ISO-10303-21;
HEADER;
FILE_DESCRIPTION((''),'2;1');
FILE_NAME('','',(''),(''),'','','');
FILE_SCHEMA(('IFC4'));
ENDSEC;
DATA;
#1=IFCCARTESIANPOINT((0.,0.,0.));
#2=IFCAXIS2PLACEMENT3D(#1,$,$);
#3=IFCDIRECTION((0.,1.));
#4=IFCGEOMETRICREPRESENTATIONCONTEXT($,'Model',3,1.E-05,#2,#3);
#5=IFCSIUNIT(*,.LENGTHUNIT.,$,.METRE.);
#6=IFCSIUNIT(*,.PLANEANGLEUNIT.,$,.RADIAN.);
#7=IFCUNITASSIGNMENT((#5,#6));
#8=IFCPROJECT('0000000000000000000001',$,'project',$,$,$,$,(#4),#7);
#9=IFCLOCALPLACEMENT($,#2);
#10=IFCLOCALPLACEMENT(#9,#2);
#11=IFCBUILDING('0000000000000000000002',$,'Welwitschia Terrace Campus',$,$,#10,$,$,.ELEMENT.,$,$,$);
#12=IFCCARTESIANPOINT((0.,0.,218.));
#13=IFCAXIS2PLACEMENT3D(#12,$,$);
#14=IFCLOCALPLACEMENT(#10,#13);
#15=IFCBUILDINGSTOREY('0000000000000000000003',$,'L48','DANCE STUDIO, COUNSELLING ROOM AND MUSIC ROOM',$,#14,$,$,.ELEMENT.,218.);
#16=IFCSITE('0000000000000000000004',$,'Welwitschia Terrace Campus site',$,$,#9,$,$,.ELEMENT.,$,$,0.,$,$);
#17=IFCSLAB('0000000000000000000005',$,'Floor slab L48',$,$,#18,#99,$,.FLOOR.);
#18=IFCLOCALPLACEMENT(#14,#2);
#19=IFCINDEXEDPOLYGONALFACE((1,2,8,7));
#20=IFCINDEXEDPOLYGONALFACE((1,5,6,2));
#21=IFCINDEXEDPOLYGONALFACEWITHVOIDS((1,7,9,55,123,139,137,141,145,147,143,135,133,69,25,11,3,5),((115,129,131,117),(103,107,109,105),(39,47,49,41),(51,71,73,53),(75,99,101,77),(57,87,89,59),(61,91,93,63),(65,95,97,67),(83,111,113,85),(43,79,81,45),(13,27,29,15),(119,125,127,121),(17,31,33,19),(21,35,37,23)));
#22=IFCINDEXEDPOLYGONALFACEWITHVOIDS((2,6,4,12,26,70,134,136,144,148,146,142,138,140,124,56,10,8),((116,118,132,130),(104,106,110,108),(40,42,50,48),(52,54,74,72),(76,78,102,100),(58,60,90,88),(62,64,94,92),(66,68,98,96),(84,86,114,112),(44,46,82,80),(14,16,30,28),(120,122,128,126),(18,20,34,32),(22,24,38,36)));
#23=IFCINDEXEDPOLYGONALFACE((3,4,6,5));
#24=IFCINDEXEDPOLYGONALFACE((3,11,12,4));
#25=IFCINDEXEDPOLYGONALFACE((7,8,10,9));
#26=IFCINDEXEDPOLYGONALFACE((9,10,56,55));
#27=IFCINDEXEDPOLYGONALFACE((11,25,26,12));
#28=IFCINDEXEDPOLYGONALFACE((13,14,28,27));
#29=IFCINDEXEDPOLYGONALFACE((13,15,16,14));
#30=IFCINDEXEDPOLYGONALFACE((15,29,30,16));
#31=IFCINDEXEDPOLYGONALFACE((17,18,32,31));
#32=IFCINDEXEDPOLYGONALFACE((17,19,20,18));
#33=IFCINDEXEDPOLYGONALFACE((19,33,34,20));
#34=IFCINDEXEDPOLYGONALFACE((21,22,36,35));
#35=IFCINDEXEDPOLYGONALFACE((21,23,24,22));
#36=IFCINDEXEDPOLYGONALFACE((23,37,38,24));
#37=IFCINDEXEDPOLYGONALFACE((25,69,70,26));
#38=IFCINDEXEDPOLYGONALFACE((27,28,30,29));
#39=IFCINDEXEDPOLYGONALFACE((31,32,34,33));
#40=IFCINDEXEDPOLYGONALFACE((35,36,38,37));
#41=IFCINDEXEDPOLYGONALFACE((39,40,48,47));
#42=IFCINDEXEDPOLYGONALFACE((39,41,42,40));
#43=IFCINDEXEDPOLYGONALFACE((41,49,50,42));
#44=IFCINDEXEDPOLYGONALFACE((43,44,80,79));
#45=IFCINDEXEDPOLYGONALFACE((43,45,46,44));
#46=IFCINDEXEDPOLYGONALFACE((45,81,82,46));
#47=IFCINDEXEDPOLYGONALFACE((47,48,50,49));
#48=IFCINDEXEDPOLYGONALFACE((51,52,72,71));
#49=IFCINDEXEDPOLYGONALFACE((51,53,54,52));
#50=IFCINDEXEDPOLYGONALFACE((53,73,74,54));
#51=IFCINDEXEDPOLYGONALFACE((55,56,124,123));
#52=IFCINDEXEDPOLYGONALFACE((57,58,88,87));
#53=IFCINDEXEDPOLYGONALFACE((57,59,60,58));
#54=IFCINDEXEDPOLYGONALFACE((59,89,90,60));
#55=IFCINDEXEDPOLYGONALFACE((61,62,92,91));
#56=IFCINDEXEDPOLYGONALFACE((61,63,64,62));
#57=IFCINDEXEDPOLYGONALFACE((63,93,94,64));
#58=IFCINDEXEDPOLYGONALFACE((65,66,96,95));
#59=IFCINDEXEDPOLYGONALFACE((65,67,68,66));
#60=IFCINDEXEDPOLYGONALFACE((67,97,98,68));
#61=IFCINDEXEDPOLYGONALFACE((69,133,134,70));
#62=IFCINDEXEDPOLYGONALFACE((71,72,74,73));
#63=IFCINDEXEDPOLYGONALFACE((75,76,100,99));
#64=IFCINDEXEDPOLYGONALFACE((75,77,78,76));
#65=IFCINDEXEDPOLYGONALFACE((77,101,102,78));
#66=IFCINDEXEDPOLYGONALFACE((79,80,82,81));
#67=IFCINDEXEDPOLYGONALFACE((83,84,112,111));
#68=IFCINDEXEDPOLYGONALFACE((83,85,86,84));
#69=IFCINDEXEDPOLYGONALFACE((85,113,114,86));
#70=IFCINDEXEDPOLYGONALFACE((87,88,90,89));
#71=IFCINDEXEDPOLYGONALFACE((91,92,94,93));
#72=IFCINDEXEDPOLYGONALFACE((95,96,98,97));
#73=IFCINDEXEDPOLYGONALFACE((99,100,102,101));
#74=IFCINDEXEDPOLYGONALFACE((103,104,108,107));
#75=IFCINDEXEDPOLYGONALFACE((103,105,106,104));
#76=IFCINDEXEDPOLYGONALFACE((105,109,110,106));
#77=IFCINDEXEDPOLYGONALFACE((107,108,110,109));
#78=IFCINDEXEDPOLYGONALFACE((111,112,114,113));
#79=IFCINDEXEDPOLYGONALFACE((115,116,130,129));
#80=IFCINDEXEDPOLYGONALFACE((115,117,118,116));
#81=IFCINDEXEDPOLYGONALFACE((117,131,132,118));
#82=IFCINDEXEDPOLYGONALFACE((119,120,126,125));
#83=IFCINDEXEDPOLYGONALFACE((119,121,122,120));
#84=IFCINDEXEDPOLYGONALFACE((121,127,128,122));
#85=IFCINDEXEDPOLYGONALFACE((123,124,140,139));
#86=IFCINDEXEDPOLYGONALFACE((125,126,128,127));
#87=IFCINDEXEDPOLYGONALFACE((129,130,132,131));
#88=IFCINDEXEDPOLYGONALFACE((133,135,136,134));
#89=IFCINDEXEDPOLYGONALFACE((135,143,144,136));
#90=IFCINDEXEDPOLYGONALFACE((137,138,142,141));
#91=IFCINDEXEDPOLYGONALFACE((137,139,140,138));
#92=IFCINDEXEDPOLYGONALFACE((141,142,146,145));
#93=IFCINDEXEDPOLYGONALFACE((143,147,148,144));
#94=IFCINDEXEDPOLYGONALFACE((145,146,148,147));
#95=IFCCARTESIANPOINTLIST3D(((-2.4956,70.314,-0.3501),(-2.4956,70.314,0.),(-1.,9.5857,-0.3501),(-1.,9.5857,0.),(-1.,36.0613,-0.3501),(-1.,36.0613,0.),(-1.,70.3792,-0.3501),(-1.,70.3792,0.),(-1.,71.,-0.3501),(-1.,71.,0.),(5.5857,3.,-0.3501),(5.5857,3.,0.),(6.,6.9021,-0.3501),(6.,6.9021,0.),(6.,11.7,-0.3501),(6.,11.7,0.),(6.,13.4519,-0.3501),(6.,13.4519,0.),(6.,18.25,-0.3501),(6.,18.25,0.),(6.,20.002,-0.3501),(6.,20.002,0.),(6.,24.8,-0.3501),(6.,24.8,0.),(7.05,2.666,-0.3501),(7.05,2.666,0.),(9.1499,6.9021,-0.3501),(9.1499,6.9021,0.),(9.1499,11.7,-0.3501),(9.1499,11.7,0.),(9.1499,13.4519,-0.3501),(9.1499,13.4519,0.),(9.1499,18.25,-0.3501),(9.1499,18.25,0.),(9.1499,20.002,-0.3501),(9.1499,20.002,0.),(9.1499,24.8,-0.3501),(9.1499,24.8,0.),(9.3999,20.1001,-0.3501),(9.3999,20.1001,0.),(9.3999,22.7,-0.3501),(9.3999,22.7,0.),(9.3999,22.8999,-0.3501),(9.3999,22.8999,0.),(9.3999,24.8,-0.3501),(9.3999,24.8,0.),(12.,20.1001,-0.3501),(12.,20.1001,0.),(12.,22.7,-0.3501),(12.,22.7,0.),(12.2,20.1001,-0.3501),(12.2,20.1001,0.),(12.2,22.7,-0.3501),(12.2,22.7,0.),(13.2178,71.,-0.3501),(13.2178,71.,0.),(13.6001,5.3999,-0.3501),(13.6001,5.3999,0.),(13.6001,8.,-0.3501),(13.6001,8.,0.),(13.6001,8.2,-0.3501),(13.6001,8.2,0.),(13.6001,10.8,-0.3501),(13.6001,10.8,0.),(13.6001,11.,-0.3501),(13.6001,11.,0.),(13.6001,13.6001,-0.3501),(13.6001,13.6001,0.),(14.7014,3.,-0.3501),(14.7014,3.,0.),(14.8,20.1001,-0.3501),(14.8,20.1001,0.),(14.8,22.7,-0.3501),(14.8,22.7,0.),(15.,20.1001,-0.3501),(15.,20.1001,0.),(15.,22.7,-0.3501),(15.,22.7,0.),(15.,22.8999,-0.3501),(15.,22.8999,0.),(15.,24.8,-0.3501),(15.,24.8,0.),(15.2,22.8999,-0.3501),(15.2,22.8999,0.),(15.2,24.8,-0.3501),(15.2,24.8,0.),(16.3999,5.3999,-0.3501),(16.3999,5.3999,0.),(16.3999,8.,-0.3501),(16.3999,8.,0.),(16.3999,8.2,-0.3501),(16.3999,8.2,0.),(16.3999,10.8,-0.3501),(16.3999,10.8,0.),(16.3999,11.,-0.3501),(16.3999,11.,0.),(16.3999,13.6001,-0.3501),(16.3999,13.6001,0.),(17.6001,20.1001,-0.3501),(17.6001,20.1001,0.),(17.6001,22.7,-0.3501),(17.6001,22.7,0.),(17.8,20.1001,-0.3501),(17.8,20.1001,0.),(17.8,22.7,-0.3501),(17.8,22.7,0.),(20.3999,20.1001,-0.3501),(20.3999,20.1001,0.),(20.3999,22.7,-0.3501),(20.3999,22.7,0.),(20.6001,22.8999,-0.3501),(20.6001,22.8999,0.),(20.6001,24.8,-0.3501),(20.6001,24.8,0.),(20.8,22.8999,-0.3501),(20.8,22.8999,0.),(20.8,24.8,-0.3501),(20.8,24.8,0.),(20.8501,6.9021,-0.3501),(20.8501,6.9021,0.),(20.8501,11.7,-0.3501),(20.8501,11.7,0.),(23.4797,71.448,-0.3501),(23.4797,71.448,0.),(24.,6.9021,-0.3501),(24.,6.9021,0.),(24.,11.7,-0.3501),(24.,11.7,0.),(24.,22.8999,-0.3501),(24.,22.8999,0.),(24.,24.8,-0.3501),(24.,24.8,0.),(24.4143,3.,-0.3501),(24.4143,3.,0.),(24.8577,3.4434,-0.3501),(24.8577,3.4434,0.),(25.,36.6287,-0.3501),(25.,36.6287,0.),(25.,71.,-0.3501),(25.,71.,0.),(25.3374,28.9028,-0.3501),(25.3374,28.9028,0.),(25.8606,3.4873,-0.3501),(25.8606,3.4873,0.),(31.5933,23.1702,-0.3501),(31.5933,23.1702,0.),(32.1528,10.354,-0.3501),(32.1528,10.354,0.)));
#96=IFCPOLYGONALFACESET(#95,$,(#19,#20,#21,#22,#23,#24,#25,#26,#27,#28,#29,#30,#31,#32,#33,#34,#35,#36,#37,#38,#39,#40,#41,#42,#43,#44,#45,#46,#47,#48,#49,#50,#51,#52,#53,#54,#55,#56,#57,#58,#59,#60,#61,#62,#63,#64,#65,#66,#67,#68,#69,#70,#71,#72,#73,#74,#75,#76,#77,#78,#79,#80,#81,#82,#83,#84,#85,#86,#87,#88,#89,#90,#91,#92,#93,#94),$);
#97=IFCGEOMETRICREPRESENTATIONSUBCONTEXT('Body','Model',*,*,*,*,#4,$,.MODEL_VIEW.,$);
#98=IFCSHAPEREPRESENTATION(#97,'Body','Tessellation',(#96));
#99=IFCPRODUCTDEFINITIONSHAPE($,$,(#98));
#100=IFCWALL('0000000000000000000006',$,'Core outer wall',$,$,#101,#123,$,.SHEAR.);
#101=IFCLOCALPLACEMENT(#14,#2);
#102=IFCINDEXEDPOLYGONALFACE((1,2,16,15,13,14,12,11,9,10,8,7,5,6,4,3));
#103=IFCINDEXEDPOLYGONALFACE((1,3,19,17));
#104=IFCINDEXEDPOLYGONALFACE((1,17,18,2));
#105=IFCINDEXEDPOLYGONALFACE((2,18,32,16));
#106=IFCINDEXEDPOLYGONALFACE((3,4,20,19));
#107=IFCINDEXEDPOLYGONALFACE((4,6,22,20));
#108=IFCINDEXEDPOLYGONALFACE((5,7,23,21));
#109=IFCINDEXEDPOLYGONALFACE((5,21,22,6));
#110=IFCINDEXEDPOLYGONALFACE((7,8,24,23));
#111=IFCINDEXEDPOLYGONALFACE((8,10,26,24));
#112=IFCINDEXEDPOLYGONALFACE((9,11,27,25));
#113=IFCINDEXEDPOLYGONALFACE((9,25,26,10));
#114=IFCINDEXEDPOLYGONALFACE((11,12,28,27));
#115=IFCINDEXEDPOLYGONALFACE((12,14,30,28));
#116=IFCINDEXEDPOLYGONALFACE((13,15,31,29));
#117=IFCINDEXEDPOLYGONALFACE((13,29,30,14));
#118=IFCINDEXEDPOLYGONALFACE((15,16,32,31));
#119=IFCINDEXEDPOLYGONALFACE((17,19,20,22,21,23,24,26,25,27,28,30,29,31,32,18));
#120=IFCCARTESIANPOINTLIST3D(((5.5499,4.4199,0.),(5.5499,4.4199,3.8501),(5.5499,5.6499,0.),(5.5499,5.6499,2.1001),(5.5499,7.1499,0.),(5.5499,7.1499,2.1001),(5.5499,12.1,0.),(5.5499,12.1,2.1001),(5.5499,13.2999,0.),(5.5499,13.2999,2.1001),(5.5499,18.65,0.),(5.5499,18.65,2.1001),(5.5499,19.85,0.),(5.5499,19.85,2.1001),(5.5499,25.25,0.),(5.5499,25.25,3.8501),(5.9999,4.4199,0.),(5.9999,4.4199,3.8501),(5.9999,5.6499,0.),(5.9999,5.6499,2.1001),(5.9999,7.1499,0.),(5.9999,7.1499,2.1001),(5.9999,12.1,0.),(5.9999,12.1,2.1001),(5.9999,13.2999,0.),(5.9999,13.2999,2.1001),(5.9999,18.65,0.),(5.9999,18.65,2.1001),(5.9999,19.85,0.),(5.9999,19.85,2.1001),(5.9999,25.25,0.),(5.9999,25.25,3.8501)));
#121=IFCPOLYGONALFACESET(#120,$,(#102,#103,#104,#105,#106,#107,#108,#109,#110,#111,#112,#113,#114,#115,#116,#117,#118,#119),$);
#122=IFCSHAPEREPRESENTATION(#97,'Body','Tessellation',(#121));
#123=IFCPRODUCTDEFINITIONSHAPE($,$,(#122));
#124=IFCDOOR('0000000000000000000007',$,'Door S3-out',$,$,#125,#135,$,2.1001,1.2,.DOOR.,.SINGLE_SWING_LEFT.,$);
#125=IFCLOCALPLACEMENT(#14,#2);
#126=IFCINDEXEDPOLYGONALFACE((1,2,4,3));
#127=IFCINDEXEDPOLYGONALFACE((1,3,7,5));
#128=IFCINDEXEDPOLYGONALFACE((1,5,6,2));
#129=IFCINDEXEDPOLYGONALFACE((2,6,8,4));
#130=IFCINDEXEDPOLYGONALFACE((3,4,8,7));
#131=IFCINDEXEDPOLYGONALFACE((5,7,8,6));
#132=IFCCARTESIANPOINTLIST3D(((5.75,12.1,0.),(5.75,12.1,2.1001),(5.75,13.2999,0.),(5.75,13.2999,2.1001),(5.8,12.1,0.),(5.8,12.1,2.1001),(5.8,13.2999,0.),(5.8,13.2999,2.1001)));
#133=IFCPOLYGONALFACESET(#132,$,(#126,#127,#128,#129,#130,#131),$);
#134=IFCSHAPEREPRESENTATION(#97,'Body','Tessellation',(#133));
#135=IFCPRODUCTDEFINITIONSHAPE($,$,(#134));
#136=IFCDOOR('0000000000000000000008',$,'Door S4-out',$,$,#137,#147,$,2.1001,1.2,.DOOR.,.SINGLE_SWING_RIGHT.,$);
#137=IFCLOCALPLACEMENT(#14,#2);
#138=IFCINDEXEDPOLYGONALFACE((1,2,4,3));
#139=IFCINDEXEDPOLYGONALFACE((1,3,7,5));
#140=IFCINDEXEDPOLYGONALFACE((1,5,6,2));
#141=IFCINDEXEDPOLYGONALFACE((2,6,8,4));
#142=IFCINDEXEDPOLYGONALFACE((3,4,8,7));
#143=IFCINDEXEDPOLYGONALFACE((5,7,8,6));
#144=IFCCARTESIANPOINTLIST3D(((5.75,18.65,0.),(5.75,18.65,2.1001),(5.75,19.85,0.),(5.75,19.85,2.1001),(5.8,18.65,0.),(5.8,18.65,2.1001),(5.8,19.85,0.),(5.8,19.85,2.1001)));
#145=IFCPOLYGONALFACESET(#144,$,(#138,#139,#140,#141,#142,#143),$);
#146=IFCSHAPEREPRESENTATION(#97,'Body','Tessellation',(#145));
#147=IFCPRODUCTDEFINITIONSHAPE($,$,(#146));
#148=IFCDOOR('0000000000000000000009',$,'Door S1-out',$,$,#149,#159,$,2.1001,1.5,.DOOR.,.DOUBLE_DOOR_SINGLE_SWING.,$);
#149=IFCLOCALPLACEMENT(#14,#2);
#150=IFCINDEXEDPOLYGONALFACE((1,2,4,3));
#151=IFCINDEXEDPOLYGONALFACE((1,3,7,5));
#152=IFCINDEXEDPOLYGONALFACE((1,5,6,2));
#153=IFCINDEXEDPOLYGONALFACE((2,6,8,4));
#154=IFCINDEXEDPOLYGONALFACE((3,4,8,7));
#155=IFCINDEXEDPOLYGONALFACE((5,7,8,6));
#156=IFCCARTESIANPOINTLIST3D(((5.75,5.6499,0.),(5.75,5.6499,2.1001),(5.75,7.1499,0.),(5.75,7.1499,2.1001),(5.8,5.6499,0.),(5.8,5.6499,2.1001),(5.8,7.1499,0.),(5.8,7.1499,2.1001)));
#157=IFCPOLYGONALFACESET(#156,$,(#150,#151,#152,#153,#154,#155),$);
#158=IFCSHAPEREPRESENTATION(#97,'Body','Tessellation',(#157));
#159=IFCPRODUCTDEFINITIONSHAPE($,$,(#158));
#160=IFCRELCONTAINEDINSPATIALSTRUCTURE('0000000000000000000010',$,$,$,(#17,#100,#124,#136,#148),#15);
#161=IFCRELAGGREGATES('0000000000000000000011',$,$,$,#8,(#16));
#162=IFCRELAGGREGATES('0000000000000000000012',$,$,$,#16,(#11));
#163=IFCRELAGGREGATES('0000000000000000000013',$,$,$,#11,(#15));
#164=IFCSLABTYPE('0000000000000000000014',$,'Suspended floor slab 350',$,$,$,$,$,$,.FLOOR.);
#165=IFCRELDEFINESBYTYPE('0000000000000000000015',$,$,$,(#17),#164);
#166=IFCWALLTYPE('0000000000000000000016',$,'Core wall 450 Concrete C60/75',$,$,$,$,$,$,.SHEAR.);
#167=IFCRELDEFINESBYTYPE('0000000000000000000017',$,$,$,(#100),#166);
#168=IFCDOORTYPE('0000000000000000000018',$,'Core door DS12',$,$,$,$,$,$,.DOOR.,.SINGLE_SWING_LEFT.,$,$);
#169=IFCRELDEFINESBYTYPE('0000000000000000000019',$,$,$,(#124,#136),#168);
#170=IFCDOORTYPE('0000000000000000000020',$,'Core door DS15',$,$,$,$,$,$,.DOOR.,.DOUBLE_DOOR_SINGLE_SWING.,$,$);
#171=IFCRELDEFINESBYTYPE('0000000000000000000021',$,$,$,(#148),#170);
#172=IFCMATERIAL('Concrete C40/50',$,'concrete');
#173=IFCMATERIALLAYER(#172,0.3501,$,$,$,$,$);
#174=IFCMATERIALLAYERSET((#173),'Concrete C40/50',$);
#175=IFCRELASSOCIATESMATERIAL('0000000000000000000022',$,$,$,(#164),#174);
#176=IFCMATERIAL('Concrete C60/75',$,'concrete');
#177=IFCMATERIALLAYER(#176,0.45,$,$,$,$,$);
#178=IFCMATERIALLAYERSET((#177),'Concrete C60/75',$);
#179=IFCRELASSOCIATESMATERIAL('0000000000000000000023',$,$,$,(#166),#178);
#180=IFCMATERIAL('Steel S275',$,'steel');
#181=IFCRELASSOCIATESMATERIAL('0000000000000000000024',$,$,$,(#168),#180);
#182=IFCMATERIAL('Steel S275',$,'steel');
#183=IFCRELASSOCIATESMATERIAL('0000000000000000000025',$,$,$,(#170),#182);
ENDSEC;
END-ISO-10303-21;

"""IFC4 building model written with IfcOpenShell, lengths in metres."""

from ifc_helpers import new_model, si_unit, direction, frame, frame_2d, origin, place, context, subcontext, project, spatial, polyline, rectangle, outline, extrude, material, layer, layer_set, type_object, element, fill, save


model = new_model("IFC4")

# Units and contexts
model_context = context("Model", 3, precision=1e-05, world=origin(), true_north=direction((0.0, 1.0)))
body_context = subcontext(model_context, "Body", "Model", "MODEL_VIEW")
ifc_project = project(units=[si_unit("LENGTHUNIT", "METRE"), si_unit("PLANEANGLEUNIT", "RADIAN")], contexts=[model_context])

# Site, building, storey
site_placement = place(None, origin())
site = spatial("IfcSite", under=ifc_project, at=site_placement, Name="Welwitschia Terrace Campus site", CompositionType="ELEMENT", RefElevation=0.0)
building_placement = place(site_placement, origin())
building = spatial("IfcBuilding", under=site, at=building_placement, Name="Welwitschia Terrace Campus", CompositionType="ELEMENT")
storey_placement = place(building_placement, frame((0.0, 0.0, 218.0)))
storey = spatial("IfcBuildingStorey", under=building, at=storey_placement, Name="L48", Description="DANCE STUDIO, COUNSELLING ROOM AND MUSIC ROOM", CompositionType="ELEMENT", Elevation=218.0)

# Slab
ifc_material_1 = material(Name="Concrete C40/50", Category="concrete")
ifc_layer_1 = layer(ifc_material_1, 0.3501)
ifc_layer_set_1 = layer_set([ifc_layer_1], Name="Concrete C40/50")
slab_type_1 = type_object("IfcSlabType", Name="Suspended floor slab 350", PredefinedType="FLOOR", material=ifc_layer_set_1)
slab_1_placement = place(storey_placement, frame((0.0, 0.0, -0.3501)))
element("IfcSlab", 1, at=slab_1_placement, inside=storey, type_object=slab_type_1, Name="Floor slab L48", PredefinedType="FLOOR", context=body_context, shape_type="SweptSolid", body=[
    extrude(outline(polyline([(-2.4956, 70.314), (-1.0, 70.3792), (-1.0, 71.0), (13.2178, 71.0), (23.4797, 71.448), (25.0, 71.0), (25.0, 36.6287), (25.3374, 28.9028), (31.5933, 23.1702), (32.1528, 10.354), (25.8606, 3.4873), (24.8577, 3.4434), (24.4143, 3.0), (14.7014, 3.0), (7.05, 2.666), (5.5857, 3.0), (-1.0, 9.5857), (-1.0, 36.0613), (-2.4956, 70.314)]), holes=[polyline([(13.6001, 8.0), (13.6001, 5.3999), (16.3999, 5.3999), (16.3999, 8.0), (13.6001, 8.0)]), polyline([(9.1499, 11.7), (6.0, 11.7), (6.0, 6.9021), (9.1499, 6.9021), (9.1499, 11.7)]), polyline([(9.1499, 18.25), (6.0, 18.25), (6.0, 13.4519), (9.1499, 13.4519), (9.1499, 18.25)]), polyline([(12.0, 22.7), (9.3999, 22.7), (9.3999, 20.1001), (12.0, 20.1001), (12.0, 22.7)]), polyline([(14.8, 22.7), (12.2, 22.7), (12.2, 20.1001), (14.8, 20.1001), (14.8, 22.7)]), polyline([(9.1499, 24.8), (6.0, 24.8), (6.0, 20.002), (9.1499, 20.002), (9.1499, 24.8)]), polyline([(15.0, 24.8), (9.3999, 24.8), (9.3999, 22.8999), (15.0, 22.8999), (15.0, 24.8)]), polyline([(20.8501, 11.7), (20.8501, 6.9021), (24.0, 6.9021), (24.0, 11.7), (20.8501, 11.7)]), polyline([(16.3999, 10.8), (13.6001, 10.8), (13.6001, 8.2), (16.3999, 8.2), (16.3999, 10.8)]), polyline([(16.3999, 13.6001), (13.6001, 13.6001), (13.6001, 11.0), (16.3999, 11.0), (16.3999, 13.6001)]), polyline([(17.6001, 22.7), (15.0, 22.7), (15.0, 20.1001), (17.6001, 20.1001), (17.6001, 22.7)]), polyline([(20.3999, 22.7), (17.8, 22.7), (17.8, 20.1001), (20.3999, 20.1001), (20.3999, 22.7)]), polyline([(20.6001, 24.8), (15.2, 24.8), (15.2, 22.8999), (20.6001, 22.8999), (20.6001, 24.8)]), polyline([(24.0, 24.8), (20.8, 24.8), (20.8, 22.8999), (24.0, 22.8999), (24.0, 24.8)])]), origin(), (0.0, 0.0, 1.0), 0.3501),
])

# Wall, openings, doors
ifc_material_2 = material(Name="Concrete C60/75", Category="concrete")
ifc_layer_2 = layer(ifc_material_2, 0.45)
ifc_layer_set_2 = layer_set([ifc_layer_2], Name="Concrete C60/75")
wall_type_1 = type_object("IfcWallType", Name="Core wall 450 Concrete C60/75", PredefinedType="SHEAR", material=ifc_layer_set_2)
wall_1_placement = place(storey_placement, frame((5.7749, 4.4199, 0.0), z_axis=(0.0, 0.0, 1.0), x_axis=(0.0, 1.0, 0.0)))
wall_1 = element("IfcWall", 2, at=wall_1_placement, inside=storey, type_object=wall_type_1, Name="Core outer wall", PredefinedType="SHEAR", context=body_context, shape_type="SweptSolid", body=[
    extrude(rectangle(XDim=20.8301, YDim=0.45, at=frame_2d((10.415, 0.0))), origin(), (0.0, 0.0, 1.0), 3.8501),
])
opening_1_placement = place(wall_1_placement, frame((1.23, 0.0, 0.0)))
opening_1 = element("IfcOpeningElement", 3, at=opening_1_placement, cuts=wall_1, PredefinedType="OPENING", context=body_context, shape_type="SweptSolid", body=[
    extrude(rectangle(XDim=1.5, YDim=2.1001, at=frame_2d((0.75, 1.05))), frame((0.0, 0.2349, 0.0), z_axis=(0.0, -1.0, 0.0), x_axis=(1.0, 0.0, 0.0)), (0.0, 0.0, 1.0), 0.47),
])
opening_2_placement = place(wall_1_placement, frame((7.6799, 0.0, 0.0)))
opening_2 = element("IfcOpeningElement", 4, at=opening_2_placement, cuts=wall_1, PredefinedType="OPENING", context=body_context, shape_type="SweptSolid", body=[
    extrude(rectangle(XDim=1.2, YDim=2.1001, at=frame_2d((0.6001, 1.05))), frame((0.0, 0.2349, 0.0), z_axis=(0.0, -1.0, 0.0), x_axis=(1.0, 0.0, 0.0)), (0.0, 0.0, 1.0), 0.47),
])
opening_3_placement = place(wall_1_placement, frame((14.23, 0.0, 0.0)))
opening_3 = element("IfcOpeningElement", 5, at=opening_3_placement, cuts=wall_1, PredefinedType="OPENING", context=body_context, shape_type="SweptSolid", body=[
    extrude(rectangle(XDim=1.2, YDim=2.1001, at=frame_2d((0.6001, 1.05))), frame((0.0, 0.2349, 0.0), z_axis=(0.0, -1.0, 0.0), x_axis=(1.0, 0.0, 0.0)), (0.0, 0.0, 1.0), 0.47),
])
ifc_material_3 = material(Name="Steel S275", Category="steel")
door_type_1 = type_object("IfcDoorType", Name="Core door DS12", OperationType="SINGLE_SWING_LEFT", PredefinedType="DOOR", material=ifc_material_3)
door_1_placement = place(opening_2_placement, origin())
door_1 = element("IfcDoor", 6, at=door_1_placement, inside=storey, type_object=door_type_1, Name="Door S3-out", OperationType="SINGLE_SWING_LEFT", OverallHeight=2.1001, OverallWidth=1.2, PredefinedType="DOOR", context=body_context, shape_type="SweptSolid", body=[
    extrude(rectangle(XDim=1.2, YDim=2.1001, at=frame_2d((0.6001, 1.05))), frame((0.0, 0.0249, 0.0), z_axis=(0.0, -1.0, 0.0), x_axis=(1.0, 0.0, 0.0)), (0.0, 0.0, 1.0), 0.05),
])
fill(opening_2, door_1)
door_2_placement = place(opening_3_placement, origin())
door_2 = element("IfcDoor", 7, at=door_2_placement, inside=storey, type_object=door_type_1, Name="Door S4-out", OperationType="SINGLE_SWING_RIGHT", OverallHeight=2.1001, OverallWidth=1.2, PredefinedType="DOOR", context=body_context, shape_type="SweptSolid", body=[
    extrude(rectangle(XDim=1.2, YDim=2.1001, at=frame_2d((0.6001, 1.05))), frame((0.0, 0.0249, 0.0), z_axis=(0.0, -1.0, 0.0), x_axis=(1.0, 0.0, 0.0)), (0.0, 0.0, 1.0), 0.05),
])
fill(opening_3, door_2)
ifc_material_4 = material(Name="Steel S275", Category="steel")
door_type_2 = type_object("IfcDoorType", Name="Core door DS15", OperationType="DOUBLE_DOOR_SINGLE_SWING", PredefinedType="DOOR", material=ifc_material_4)
door_3_placement = place(opening_1_placement, origin())
door_3 = element("IfcDoor", 8, at=door_3_placement, inside=storey, type_object=door_type_2, Name="Door S1-out", OperationType="DOUBLE_DOOR_SINGLE_SWING", OverallHeight=2.1001, OverallWidth=1.5, PredefinedType="DOOR", context=body_context, shape_type="SweptSolid", body=[
    extrude(rectangle(XDim=1.5, YDim=2.1001, at=frame_2d((0.75, 1.05))), frame((0.0, 0.0249, 0.0), z_axis=(0.0, -1.0, 0.0), x_axis=(1.0, 0.0, 0.0)), (0.0, 0.0, 1.0), 0.05),
])
fill(opening_1, door_3)

save(model, "model.ifc")
